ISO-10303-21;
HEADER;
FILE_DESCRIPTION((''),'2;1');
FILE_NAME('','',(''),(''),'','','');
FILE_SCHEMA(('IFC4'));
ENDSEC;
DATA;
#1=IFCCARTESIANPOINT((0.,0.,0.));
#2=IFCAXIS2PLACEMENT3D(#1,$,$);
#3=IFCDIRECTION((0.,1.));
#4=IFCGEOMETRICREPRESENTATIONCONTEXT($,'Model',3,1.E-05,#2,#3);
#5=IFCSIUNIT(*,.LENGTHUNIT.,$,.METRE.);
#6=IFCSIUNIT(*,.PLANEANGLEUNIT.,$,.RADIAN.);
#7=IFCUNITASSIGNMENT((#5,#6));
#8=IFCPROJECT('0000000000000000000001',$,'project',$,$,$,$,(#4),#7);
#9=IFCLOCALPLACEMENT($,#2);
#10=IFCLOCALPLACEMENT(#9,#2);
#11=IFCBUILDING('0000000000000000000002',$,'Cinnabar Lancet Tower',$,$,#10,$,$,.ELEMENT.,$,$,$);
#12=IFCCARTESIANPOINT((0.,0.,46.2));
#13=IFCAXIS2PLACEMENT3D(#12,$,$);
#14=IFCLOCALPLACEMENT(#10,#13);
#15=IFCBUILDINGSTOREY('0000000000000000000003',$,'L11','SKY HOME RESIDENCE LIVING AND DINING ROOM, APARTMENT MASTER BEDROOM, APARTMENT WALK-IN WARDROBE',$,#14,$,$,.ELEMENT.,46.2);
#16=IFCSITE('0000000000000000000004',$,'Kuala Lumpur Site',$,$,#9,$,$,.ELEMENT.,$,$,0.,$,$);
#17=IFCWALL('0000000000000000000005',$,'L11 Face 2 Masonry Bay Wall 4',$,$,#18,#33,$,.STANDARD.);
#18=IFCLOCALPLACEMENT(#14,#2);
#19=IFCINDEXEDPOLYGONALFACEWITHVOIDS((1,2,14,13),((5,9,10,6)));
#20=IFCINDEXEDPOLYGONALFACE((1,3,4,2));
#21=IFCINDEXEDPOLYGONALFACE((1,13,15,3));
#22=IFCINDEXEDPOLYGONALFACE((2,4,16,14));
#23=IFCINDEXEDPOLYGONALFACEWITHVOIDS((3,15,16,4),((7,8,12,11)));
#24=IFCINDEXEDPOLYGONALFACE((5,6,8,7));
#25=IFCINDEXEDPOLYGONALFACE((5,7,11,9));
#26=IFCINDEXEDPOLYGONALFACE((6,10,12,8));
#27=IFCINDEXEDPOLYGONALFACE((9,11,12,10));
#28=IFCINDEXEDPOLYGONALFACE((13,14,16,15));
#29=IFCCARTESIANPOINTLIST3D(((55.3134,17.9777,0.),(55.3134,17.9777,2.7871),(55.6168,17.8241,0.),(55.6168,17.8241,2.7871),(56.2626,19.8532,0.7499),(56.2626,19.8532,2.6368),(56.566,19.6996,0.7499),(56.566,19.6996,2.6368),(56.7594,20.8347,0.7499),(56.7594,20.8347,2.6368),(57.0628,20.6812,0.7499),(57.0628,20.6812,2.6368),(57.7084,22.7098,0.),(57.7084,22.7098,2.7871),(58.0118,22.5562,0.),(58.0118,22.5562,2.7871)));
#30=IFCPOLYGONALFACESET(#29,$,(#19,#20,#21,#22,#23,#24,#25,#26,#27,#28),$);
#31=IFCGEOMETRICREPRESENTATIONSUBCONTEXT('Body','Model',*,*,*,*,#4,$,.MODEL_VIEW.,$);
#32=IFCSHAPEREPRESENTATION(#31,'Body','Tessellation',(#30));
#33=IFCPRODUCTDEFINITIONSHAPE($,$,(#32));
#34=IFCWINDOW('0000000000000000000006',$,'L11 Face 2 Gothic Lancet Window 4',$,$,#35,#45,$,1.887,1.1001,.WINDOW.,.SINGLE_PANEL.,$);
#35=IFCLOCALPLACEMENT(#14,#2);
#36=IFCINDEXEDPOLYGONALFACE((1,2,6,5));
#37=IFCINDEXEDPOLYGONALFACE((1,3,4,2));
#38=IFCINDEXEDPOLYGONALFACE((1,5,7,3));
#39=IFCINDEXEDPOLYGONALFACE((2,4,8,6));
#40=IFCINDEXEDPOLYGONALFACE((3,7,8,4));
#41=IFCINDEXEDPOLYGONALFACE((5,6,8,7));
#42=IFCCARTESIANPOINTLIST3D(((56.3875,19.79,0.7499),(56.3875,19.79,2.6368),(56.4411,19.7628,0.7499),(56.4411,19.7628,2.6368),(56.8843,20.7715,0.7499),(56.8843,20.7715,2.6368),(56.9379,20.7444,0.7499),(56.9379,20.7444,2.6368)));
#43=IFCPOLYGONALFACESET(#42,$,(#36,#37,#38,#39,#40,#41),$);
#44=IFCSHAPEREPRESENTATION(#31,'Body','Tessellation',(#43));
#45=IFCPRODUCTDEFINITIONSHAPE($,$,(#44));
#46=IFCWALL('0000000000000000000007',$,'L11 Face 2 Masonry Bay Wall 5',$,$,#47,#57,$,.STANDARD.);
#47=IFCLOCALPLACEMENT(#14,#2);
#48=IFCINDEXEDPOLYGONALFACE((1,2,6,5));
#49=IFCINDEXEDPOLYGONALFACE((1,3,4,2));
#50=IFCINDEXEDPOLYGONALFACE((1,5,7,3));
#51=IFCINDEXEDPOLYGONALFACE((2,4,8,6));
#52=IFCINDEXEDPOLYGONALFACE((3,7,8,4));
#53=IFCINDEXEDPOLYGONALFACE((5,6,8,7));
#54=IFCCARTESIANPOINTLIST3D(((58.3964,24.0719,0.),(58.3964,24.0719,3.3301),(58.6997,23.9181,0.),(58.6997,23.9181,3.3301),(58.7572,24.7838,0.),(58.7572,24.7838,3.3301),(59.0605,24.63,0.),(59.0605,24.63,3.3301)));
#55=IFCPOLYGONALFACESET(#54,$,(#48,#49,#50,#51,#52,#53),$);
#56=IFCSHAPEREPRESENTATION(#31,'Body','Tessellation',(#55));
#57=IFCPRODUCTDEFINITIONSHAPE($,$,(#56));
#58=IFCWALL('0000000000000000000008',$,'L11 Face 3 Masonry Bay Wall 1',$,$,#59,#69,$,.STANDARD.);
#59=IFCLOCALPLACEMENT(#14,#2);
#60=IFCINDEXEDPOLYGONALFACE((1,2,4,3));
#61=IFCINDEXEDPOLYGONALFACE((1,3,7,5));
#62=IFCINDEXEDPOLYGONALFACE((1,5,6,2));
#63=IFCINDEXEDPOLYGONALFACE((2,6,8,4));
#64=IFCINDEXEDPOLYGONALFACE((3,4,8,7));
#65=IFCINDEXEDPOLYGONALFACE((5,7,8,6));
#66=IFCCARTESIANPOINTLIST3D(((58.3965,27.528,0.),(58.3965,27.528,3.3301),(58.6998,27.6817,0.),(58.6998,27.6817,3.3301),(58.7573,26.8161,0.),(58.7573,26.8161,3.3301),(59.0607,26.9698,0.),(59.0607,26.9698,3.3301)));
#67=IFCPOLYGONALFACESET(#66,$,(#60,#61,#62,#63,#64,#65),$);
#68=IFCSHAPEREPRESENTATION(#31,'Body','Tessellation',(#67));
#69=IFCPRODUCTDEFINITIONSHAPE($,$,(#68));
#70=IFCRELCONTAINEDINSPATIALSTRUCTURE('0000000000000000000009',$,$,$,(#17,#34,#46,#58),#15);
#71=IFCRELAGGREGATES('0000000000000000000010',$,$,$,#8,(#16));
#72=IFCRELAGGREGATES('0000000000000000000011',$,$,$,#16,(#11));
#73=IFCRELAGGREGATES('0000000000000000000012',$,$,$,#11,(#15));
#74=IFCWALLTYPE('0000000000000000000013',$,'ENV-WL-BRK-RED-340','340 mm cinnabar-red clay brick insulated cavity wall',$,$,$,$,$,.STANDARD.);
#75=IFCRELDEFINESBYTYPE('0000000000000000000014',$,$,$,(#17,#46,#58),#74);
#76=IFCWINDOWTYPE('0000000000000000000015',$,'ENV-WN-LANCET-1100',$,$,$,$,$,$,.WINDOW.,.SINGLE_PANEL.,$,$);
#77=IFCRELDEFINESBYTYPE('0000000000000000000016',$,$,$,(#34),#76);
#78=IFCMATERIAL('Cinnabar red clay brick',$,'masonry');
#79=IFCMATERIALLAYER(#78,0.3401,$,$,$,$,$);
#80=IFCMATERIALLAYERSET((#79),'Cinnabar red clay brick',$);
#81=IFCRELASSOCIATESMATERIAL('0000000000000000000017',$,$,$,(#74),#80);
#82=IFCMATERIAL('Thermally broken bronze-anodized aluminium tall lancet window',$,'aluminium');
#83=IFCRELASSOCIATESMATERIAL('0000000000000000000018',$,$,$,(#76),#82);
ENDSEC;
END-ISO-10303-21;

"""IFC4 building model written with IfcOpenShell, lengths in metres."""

from ifc_helpers import new_model, si_unit, direction, frame, frame_2d, origin, place, context, subcontext, project, spatial, rectangle, extrude, material, layer, layer_set, type_object, element, fill, save


model = new_model("IFC4")

# Units and contexts
model_context = context("Model", 3, precision=1e-05, world=origin(), true_north=direction((0.0, 1.0)))
body_context = subcontext(model_context, "Body", "Model", "MODEL_VIEW")
ifc_project = project(units=[si_unit("LENGTHUNIT", "METRE"), si_unit("PLANEANGLEUNIT", "RADIAN")], contexts=[model_context])

# Site, building, storey
site_placement = place(None, origin())
site = spatial("IfcSite", under=ifc_project, at=site_placement, Name="Kuala Lumpur Site", CompositionType="ELEMENT", RefElevation=0.0)
building_placement = place(site_placement, origin())
building = spatial("IfcBuilding", under=site, at=building_placement, Name="Cinnabar Lancet Tower", CompositionType="ELEMENT")
storey_placement = place(building_placement, frame((0.0, 0.0, 46.2)))
storey = spatial("IfcBuildingStorey", under=building, at=storey_placement, Name="L11", Description="SKY HOME RESIDENCE LIVING AND DINING ROOM, APARTMENT MASTER BEDROOM, APARTMENT WALK-IN WARDROBE", CompositionType="ELEMENT", Elevation=46.2)

# Shared definitions
ifc_material_1 = material(Name="Cinnabar red clay brick", Category="masonry")
ifc_layer_1 = layer(ifc_material_1, 0.3401)
ifc_layer_set_1 = layer_set([ifc_layer_1], Name="Cinnabar red clay brick")
wall_type_1 = type_object("IfcWallType", Name="ENV-WL-BRK-RED-340", Description="340 mm cinnabar-red clay brick insulated cavity wall", PredefinedType="STANDARD", material=ifc_layer_set_1)

# Wall, opening, window
wall_1_placement = place(storey_placement, frame((55.4651, 17.9009, 0.0), z_axis=(0.0, 0.0, 1.0), x_axis=(0.451572, 0.892235, 0.0)))
wall_1 = element("IfcWall", 1, at=wall_1_placement, inside=storey, type_object=wall_type_1, Name="L11 Face 2 Masonry Bay Wall 4", PredefinedType="STANDARD", context=body_context, shape_type="SweptSolid", body=[
    extrude(rectangle(XDim=5.3037, YDim=0.3401, at=frame_2d((2.6519, 0.0))), origin(), (0.0, 0.0, 1.0), 2.7871),
])
opening_1_placement = place(wall_1_placement, frame((2.1021, 0.0, 0.75)))
opening_1 = element("IfcOpeningElement", 2, at=opening_1_placement, cuts=wall_1, PredefinedType="OPENING", context=body_context, shape_type="SweptSolid", body=[
    extrude(rectangle(XDim=1.1001, YDim=1.887, at=frame_2d((0.55, 0.9434))), frame((0.0, 0.1799, 0.0), z_axis=(0.0, -1.0, 0.0), x_axis=(1.0, 0.0, 0.0)), (0.0, 0.0, 1.0), 0.3601),
])
ifc_material_2 = material(Name="Thermally broken bronze-anodized aluminium tall lancet window", Category="aluminium")
window_type = type_object("IfcWindowType", Name="ENV-WN-LANCET-1100", PartitioningType="SINGLE_PANEL", PredefinedType="WINDOW", material=ifc_material_2)
window_placement = place(opening_1_placement, origin())
window = element("IfcWindow", 3, at=window_placement, inside=storey, type_object=window_type, Name="L11 Face 2 Gothic Lancet Window 4", OverallHeight=1.887, OverallWidth=1.1001, PartitioningType="SINGLE_PANEL", PredefinedType="WINDOW", context=body_context, shape_type="SweptSolid", body=[
    extrude(rectangle(XDim=1.1001, YDim=1.887, at=frame_2d((0.55, 0.9434))), frame((0.0, 0.03, 0.0), z_axis=(0.0, -1.0, 0.0), x_axis=(1.0, 0.0, 0.0)), (0.0, 0.0, 1.0), 0.0601),
])
fill(opening_1, window)

# Walls
for number, where, z_axis, x_axis, name in (
    (4, (58.5481, 23.9951, 0.0), (0.0, 0.0, 1.0), (0.452101, 0.891967, 0.0), "L11 Face 2 Masonry Bay Wall 5"),
    (5, (58.9089, 26.8931, 0.0), (0.0, 0.0, 1.0), (-0.452101, 0.891967, 0.0), "L11 Face 3 Masonry Bay Wall 1"),
):
    element("IfcWall", number, at=place(storey_placement, frame(where, z_axis=z_axis, x_axis=x_axis)), inside=storey, type_object=wall_type_1, Name=name, PredefinedType="STANDARD", context=body_context, shape_type="SweptSolid", body=[
        extrude(rectangle(XDim=0.7981, YDim=0.3401, at=frame_2d((0.3989, 0.0))), origin(), (0.0, 0.0, 1.0), 3.3301),
    ])

save(model, "model.ifc")
